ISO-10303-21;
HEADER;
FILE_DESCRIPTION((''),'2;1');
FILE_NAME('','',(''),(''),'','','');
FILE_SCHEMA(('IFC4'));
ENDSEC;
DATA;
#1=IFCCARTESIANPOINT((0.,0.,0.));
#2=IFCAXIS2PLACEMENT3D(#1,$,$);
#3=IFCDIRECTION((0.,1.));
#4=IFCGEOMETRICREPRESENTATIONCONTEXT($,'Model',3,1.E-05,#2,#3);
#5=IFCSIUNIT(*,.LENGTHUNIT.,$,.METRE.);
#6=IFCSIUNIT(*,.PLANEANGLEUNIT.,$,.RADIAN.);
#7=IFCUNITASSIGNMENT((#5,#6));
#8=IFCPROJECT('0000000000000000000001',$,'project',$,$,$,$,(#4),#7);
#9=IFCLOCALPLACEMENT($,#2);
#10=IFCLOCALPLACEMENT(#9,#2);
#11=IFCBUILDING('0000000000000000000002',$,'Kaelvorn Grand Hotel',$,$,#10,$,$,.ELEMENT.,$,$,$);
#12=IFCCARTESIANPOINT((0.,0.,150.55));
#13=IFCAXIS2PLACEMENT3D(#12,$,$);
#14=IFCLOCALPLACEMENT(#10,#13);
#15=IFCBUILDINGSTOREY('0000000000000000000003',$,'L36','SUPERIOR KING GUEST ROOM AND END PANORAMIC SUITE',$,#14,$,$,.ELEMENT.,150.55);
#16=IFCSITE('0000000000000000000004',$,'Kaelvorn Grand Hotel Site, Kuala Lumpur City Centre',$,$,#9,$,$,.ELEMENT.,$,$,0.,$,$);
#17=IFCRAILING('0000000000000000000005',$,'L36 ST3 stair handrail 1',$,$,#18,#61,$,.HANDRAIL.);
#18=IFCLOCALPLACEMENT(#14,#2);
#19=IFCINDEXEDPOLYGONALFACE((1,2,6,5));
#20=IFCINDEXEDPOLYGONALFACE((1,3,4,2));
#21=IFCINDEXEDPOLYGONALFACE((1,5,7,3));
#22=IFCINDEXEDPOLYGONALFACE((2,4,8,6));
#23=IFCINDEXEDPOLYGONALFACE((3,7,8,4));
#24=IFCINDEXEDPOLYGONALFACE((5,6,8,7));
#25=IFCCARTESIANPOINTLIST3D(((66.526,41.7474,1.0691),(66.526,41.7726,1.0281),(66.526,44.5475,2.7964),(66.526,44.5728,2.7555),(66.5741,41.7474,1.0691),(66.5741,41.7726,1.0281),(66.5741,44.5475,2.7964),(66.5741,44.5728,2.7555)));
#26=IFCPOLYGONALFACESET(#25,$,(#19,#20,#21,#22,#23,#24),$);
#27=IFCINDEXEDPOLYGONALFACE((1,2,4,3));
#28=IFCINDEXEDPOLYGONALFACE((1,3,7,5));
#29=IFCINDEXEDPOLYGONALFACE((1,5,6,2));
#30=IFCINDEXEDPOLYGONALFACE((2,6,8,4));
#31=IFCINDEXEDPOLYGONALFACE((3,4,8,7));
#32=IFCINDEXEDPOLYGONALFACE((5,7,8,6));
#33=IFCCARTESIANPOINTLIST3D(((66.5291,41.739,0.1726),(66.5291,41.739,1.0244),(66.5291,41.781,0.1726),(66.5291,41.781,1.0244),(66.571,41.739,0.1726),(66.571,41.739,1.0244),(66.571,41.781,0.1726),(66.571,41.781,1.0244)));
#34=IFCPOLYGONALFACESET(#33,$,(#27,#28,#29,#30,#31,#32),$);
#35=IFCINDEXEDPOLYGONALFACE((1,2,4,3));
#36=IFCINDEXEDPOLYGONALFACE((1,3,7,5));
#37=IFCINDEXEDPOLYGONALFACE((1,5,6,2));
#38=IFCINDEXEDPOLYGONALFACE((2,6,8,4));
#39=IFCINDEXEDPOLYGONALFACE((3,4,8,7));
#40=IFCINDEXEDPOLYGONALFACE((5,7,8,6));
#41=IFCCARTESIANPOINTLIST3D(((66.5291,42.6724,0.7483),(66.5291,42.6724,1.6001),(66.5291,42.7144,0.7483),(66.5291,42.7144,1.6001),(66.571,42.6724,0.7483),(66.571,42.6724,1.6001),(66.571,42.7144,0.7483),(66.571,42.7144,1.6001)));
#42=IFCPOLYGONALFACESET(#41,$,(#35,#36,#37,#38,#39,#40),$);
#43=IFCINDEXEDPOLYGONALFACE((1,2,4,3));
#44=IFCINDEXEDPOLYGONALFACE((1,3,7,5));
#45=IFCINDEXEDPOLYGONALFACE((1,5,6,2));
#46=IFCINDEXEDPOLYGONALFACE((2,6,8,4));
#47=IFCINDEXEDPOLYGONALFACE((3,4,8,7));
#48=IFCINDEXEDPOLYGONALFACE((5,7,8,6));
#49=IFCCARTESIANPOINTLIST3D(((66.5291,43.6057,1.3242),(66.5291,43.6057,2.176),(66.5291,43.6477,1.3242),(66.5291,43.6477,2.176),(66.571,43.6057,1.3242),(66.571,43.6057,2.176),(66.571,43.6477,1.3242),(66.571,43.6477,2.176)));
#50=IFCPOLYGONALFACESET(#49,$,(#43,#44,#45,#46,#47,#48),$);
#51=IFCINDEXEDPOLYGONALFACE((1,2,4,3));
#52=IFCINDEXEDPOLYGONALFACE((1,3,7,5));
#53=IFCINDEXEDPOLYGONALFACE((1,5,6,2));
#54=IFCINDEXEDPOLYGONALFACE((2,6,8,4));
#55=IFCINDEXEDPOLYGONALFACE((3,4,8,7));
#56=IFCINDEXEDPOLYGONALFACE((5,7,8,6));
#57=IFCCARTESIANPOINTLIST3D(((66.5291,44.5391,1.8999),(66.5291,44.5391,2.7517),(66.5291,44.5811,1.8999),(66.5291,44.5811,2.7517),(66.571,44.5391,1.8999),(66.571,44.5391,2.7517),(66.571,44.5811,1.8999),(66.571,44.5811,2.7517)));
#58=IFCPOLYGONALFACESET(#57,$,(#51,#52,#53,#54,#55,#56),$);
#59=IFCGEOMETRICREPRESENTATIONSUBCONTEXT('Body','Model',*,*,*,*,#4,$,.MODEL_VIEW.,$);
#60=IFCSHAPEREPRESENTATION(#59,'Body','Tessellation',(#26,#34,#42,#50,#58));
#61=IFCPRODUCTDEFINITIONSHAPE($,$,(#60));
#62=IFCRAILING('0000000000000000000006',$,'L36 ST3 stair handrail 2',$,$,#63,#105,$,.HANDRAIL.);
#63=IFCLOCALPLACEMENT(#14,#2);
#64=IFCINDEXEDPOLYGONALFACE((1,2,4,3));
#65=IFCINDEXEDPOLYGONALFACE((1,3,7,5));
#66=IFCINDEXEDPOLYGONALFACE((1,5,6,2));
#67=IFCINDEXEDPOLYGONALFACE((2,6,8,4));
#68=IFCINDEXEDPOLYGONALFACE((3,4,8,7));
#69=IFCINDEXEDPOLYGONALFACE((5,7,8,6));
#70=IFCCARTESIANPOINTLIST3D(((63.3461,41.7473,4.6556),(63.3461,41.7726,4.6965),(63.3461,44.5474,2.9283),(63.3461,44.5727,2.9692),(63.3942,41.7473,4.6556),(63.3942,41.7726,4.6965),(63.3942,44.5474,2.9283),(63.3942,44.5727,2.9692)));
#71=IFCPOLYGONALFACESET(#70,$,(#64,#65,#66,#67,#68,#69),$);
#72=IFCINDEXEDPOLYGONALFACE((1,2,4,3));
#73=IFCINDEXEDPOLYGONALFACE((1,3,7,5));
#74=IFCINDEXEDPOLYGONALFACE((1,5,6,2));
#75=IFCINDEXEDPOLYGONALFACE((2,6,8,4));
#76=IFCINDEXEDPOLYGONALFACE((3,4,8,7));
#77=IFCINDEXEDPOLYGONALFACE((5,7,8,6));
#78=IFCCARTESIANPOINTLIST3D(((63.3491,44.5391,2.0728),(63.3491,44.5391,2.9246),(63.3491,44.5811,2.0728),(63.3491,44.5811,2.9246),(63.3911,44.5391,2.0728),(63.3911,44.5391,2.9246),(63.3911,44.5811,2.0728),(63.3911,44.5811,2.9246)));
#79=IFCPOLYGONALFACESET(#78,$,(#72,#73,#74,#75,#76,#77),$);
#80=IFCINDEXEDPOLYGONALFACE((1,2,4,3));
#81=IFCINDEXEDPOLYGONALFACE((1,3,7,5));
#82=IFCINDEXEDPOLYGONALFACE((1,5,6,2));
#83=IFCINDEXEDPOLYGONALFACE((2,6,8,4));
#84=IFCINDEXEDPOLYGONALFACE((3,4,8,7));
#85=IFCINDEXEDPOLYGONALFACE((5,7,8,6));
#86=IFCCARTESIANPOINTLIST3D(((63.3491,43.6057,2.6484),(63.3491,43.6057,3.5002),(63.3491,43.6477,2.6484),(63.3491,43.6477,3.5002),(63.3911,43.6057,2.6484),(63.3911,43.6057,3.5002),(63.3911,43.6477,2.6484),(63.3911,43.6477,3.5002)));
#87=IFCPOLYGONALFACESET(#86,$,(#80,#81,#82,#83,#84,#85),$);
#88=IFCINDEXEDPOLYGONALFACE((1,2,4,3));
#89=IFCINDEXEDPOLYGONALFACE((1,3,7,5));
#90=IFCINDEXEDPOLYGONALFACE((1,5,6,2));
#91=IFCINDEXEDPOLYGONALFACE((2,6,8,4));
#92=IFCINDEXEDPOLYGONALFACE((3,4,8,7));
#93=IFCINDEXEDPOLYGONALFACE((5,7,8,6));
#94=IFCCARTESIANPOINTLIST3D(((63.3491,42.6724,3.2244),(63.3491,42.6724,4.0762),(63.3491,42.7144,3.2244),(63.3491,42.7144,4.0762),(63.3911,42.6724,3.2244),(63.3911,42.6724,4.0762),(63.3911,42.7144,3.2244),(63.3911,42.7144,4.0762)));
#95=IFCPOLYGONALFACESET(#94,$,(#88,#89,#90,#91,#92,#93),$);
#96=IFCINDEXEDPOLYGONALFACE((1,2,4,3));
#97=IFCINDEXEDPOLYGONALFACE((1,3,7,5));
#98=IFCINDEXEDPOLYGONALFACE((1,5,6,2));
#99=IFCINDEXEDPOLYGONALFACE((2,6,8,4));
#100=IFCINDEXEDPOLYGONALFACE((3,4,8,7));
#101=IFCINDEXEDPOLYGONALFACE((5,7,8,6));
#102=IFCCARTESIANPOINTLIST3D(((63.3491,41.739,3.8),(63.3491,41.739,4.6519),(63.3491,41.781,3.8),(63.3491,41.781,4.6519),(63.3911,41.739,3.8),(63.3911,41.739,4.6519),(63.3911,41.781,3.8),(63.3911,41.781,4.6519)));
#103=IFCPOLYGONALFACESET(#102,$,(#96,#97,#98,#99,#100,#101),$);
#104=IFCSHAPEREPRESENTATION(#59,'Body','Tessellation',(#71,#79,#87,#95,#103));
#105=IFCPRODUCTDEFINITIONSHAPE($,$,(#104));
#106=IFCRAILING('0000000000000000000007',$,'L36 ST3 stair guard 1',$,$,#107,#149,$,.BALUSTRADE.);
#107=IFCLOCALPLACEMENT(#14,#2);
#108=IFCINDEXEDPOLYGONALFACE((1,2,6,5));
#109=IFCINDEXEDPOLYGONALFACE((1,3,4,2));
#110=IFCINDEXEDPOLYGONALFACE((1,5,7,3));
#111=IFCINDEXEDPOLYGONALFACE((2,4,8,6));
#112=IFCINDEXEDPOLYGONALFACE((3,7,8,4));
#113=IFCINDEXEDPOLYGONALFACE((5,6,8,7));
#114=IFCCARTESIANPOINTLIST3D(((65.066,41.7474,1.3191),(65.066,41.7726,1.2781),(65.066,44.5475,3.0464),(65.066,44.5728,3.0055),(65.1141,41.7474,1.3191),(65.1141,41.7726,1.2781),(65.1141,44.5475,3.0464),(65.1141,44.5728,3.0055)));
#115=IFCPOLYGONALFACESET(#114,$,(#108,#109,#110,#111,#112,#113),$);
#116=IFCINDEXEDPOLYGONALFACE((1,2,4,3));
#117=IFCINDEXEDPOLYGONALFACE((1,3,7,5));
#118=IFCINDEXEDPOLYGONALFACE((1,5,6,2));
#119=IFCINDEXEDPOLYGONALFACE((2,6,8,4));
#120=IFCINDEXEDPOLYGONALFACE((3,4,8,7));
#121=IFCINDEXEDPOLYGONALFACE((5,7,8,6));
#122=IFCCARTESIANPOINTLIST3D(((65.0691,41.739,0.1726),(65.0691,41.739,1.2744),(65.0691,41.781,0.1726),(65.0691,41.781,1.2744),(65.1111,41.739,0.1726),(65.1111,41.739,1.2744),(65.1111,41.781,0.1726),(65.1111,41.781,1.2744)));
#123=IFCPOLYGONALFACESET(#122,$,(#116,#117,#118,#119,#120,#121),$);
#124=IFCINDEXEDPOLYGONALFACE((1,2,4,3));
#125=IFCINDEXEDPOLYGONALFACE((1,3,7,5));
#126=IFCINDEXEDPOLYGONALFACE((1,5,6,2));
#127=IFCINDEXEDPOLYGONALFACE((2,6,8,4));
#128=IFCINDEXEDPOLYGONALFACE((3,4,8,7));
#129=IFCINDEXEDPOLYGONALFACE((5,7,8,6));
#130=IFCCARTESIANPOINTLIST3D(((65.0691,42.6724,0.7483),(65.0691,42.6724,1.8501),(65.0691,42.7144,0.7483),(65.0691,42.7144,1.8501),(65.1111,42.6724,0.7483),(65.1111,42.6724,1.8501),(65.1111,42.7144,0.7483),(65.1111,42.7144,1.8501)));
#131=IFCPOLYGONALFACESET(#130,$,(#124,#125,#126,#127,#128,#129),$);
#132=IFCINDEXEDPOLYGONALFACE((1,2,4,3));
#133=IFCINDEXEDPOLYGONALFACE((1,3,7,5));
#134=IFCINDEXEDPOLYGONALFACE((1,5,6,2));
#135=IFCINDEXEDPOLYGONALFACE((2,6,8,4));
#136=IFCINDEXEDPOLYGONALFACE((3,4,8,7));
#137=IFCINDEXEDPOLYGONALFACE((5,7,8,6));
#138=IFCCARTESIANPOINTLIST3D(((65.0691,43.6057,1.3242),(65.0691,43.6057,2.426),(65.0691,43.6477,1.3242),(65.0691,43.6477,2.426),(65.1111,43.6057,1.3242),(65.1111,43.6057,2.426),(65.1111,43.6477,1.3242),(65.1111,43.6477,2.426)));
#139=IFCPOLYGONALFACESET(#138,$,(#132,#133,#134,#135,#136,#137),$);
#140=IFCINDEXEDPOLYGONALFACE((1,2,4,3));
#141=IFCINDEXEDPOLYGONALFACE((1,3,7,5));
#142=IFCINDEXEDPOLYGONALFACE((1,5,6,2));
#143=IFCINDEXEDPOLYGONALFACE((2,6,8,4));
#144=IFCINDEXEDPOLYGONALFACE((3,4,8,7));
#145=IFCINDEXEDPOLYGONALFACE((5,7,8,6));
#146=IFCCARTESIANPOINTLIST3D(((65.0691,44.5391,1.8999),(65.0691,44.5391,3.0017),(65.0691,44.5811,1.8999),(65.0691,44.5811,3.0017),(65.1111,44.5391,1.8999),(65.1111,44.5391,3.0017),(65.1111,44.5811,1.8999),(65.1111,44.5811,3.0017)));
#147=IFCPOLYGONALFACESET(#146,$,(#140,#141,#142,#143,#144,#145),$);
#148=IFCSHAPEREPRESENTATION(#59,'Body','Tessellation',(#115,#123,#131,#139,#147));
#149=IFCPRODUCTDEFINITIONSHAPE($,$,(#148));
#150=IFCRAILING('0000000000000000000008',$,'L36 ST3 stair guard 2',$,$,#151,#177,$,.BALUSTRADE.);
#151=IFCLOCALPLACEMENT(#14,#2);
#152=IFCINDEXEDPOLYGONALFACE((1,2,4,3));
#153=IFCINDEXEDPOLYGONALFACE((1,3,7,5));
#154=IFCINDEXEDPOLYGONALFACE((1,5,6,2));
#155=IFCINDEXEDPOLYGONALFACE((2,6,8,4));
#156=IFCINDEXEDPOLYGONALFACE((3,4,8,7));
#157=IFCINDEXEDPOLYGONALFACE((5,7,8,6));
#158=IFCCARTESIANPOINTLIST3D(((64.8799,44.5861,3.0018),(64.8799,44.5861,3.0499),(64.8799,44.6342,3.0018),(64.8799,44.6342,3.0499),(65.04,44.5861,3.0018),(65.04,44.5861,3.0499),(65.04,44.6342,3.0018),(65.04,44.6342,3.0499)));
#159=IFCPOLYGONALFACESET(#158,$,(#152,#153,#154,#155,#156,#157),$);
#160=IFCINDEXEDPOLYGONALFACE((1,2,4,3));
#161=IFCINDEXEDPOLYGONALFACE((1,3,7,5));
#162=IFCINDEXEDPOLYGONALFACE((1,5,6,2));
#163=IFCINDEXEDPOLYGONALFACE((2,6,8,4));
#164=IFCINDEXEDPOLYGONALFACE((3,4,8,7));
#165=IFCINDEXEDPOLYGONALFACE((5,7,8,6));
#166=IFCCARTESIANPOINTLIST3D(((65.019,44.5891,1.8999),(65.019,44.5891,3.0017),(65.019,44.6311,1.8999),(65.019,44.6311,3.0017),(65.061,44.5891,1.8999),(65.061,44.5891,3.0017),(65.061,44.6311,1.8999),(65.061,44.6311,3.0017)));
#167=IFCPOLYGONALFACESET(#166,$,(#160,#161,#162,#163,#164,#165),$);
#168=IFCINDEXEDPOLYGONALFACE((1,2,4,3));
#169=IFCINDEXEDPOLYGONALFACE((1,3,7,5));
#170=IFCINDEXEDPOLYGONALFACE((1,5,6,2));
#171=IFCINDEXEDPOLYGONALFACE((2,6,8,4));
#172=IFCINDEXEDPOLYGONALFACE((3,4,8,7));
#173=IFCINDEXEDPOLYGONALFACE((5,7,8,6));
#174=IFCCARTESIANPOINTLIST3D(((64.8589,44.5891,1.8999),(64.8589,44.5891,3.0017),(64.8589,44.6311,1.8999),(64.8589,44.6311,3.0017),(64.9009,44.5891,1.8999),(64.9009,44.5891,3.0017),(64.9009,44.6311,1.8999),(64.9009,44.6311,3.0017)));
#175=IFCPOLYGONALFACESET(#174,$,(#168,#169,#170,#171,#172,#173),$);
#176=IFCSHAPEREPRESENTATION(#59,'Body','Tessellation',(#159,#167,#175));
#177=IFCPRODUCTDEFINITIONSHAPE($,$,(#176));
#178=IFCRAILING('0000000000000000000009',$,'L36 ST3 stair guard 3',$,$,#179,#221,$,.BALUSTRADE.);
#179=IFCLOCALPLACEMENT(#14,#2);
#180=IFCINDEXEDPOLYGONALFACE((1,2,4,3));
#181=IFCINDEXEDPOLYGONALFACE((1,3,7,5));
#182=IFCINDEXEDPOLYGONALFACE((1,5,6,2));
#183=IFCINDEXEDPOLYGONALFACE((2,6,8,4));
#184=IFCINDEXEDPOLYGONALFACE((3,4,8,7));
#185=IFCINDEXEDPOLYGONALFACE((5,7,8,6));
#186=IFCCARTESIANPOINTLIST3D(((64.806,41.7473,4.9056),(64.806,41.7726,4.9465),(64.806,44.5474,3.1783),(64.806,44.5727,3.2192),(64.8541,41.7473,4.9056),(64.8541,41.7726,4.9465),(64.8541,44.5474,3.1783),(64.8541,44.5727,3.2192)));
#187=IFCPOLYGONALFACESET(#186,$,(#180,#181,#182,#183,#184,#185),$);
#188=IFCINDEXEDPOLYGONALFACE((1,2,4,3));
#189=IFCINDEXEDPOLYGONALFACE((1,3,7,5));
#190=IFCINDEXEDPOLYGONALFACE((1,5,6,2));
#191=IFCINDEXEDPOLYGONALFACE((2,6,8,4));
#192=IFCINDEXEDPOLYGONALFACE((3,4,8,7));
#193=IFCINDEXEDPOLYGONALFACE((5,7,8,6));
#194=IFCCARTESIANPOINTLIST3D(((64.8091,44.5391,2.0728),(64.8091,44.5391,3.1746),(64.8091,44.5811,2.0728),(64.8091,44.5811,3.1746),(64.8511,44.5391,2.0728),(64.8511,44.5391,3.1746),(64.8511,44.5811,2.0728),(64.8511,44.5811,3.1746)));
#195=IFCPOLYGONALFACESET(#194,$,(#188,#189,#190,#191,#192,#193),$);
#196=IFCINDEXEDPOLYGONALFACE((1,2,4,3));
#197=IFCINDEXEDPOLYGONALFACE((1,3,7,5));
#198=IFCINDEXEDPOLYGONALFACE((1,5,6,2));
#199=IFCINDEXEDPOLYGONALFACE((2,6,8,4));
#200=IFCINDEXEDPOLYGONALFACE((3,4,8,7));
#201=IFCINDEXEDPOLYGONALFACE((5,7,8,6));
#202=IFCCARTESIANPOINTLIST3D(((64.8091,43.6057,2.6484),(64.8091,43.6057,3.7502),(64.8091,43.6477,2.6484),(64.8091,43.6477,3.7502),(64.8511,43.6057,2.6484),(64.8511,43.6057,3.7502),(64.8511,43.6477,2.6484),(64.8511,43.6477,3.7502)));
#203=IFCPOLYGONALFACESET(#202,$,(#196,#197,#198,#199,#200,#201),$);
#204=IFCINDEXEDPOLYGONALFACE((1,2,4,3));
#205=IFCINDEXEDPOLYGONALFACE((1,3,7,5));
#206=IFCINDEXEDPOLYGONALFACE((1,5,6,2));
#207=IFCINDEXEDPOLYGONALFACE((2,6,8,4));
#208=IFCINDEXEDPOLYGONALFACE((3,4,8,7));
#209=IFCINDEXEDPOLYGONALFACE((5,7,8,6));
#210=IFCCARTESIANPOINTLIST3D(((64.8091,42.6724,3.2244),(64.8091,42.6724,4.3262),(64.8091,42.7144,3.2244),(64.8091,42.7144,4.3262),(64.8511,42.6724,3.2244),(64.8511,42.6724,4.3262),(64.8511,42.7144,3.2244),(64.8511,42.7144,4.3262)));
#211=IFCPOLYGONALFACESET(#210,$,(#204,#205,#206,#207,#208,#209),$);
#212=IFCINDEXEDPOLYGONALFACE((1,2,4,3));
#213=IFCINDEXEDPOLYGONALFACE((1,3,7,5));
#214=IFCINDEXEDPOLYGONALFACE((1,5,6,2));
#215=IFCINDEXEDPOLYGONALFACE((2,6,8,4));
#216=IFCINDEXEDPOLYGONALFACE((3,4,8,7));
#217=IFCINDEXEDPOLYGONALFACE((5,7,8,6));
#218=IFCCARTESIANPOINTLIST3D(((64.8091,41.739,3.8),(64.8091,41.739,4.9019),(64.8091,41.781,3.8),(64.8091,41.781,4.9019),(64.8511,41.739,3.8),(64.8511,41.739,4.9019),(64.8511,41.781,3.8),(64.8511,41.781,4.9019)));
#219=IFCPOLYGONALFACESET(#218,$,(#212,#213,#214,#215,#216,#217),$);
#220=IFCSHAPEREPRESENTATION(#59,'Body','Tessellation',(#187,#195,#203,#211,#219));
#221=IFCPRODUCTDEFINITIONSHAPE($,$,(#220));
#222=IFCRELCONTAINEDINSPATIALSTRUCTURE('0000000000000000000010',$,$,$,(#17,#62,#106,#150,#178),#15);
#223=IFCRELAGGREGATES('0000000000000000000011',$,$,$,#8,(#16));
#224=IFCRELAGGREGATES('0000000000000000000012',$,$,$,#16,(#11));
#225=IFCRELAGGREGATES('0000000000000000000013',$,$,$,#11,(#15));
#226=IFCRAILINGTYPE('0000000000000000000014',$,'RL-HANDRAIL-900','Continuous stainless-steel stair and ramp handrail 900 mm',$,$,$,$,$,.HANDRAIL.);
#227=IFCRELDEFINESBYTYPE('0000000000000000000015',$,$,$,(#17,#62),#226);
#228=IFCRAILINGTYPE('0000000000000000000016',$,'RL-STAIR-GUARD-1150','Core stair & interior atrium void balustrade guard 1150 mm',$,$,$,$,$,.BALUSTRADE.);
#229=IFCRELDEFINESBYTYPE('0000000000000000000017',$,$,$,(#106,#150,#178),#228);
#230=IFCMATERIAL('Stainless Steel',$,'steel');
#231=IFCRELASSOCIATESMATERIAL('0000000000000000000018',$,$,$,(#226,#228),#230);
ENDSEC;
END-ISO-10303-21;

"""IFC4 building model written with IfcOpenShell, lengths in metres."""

from ifc_helpers import new_model, si_unit, direction, frame, origin, origin_2d, place, context, subcontext, project, spatial, rectangle, extrude, material, type_object, element, save


model = new_model("IFC4")

# Units and contexts
model_context = context("Model", 3, precision=1e-05, world=origin(), true_north=direction((0.0, 1.0)))
body_context = subcontext(model_context, "Body", "Model", "MODEL_VIEW")
ifc_project = project(units=[si_unit("LENGTHUNIT", "METRE"), si_unit("PLANEANGLEUNIT", "RADIAN")], contexts=[model_context])

# Site, building, storey
site_placement = place(None, origin())
site = spatial("IfcSite", under=ifc_project, at=site_placement, Name="Kaelvorn Grand Hotel Site, Kuala Lumpur City Centre", CompositionType="ELEMENT", RefElevation=0.0)
building_placement = place(site_placement, origin())
building = spatial("IfcBuilding", under=site, at=building_placement, Name="Kaelvorn Grand Hotel", CompositionType="ELEMENT")
storey_placement = place(building_placement, frame((0.0, 0.0, 150.55)))
storey = spatial("IfcBuildingStorey", under=building, at=storey_placement, Name="L36", Description="SUPERIOR KING GUEST ROOM AND END PANORAMIC SUITE", CompositionType="ELEMENT", Elevation=150.55)

# Shared definitions
ifc_material_1 = material(Name="Stainless Steel", Category="steel")

# Railings
railing_type_1 = type_object("IfcRailingType", Name="RL-HANDRAIL-900", Description="Continuous stainless-steel stair and ramp handrail 900 mm", PredefinedType="HANDRAIL", material=ifc_material_1)
railing_1_placement = place(storey_placement, frame((66.55, 41.76, 0.1726)))
element("IfcRailing", 1, at=railing_1_placement, inside=storey, type_object=railing_type_1, Name="L36 ST3 stair handrail 1", PredefinedType="HANDRAIL", context=body_context, shape_type="SweptSolid", body=[
    extrude(rectangle(XDim=0.0481, YDim=0.0481, at=origin_2d()), frame((0.0, 0.0, 0.876), z_axis=(0.0, 0.85109, 0.52502), x_axis=(-1.0, 0.0, 0.0)), (0.0, 0.0, 1.0), 3.29),
    extrude(rectangle(XDim=0.042, YDim=0.042, at=origin_2d()), origin(), (0.0, 0.0, 1.0), 0.8518),
    extrude(rectangle(XDim=0.042, YDim=0.042, at=origin_2d()), frame((0.0, 0.9333, 0.5757)), (0.0, 0.0, 1.0), 0.8518),
    extrude(rectangle(XDim=0.042, YDim=0.042, at=origin_2d()), frame((0.0, 1.8667, 1.1516)), (0.0, 0.0, 1.0), 0.8518),
    extrude(rectangle(XDim=0.042, YDim=0.042, at=origin_2d()), frame((0.0, 2.8, 1.7273)), (0.0, 0.0, 1.0), 0.8518),
])
railing_2_placement = place(storey_placement, frame((63.3701, 44.5601, 2.0728)))
element("IfcRailing", 2, at=railing_2_placement, inside=storey, type_object=railing_type_1, Name="L36 ST3 stair handrail 2", PredefinedType="HANDRAIL", context=body_context, shape_type="SweptSolid", body=[
    extrude(rectangle(XDim=0.0481, YDim=0.0481, at=origin_2d()), frame((0.0, 0.0, 0.876), z_axis=(0.0, -0.85109, 0.52502), x_axis=(1.0, 0.0, 0.0)), (0.0, 0.0, 1.0), 3.29),
    extrude(rectangle(XDim=0.042, YDim=0.042, at=origin_2d()), origin(), (0.0, 0.0, 1.0), 0.8518),
    extrude(rectangle(XDim=0.042, YDim=0.042, at=origin_2d()), frame((0.0, -0.9333, 0.5757)), (0.0, 0.0, 1.0), 0.8518),
    extrude(rectangle(XDim=0.042, YDim=0.042, at=origin_2d()), frame((0.0, -1.8667, 1.1516)), (0.0, 0.0, 1.0), 0.8518),
    extrude(rectangle(XDim=0.042, YDim=0.042, at=origin_2d()), frame((0.0, -2.8, 1.7273)), (0.0, 0.0, 1.0), 0.8518),
])
railing_type_2 = type_object("IfcRailingType", Name="RL-STAIR-GUARD-1150", Description="Core stair & interior atrium void balustrade guard 1150 mm", PredefinedType="BALUSTRADE", material=ifc_material_1)
railing_3_placement = place(storey_placement, frame((65.0901, 41.76, 0.1726)))
element("IfcRailing", 3, at=railing_3_placement, inside=storey, type_object=railing_type_2, Name="L36 ST3 stair guard 1", PredefinedType="BALUSTRADE", context=body_context, shape_type="SweptSolid", body=[
    extrude(rectangle(XDim=0.0481, YDim=0.0481, at=origin_2d()), frame((0.0, 0.0, 1.126), z_axis=(0.0, 0.85109, 0.52502), x_axis=(-1.0, 0.0, 0.0)), (0.0, 0.0, 1.0), 3.29),
    extrude(rectangle(XDim=0.042, YDim=0.042, at=origin_2d()), origin(), (0.0, 0.0, 1.0), 1.1018),
    extrude(rectangle(XDim=0.042, YDim=0.042, at=origin_2d()), frame((0.0, 0.9333, 0.5757)), (0.0, 0.0, 1.0), 1.1018),
    extrude(rectangle(XDim=0.042, YDim=0.042, at=origin_2d()), frame((0.0, 1.8667, 1.1516)), (0.0, 0.0, 1.0), 1.1018),
    extrude(rectangle(XDim=0.042, YDim=0.042, at=origin_2d()), frame((0.0, 2.8, 1.7273)), (0.0, 0.0, 1.0), 1.1018),
])
railing_4_placement = place(storey_placement, frame((65.04, 44.6101, 1.8999)))
element("IfcRailing", 4, at=railing_4_placement, inside=storey, type_object=railing_type_2, Name="L36 ST3 stair guard 2", PredefinedType="BALUSTRADE", context=body_context, shape_type="SweptSolid", body=[
    extrude(rectangle(XDim=0.0481, YDim=0.0481, at=origin_2d()), frame((0.0, 0.0, 1.126), z_axis=(-1.0, 0.0, 0.0), x_axis=(0.0, -1.0, 0.0)), (0.0, 0.0, 1.0), 0.1602),
    extrude(rectangle(XDim=0.042, YDim=0.042, at=origin_2d()), origin(), (0.0, 0.0, 1.0), 1.1018),
    extrude(rectangle(XDim=0.042, YDim=0.042, at=origin_2d()), frame((-0.1602, 0.0, 0.0)), (0.0, 0.0, 1.0), 1.1018),
])
railing_5_placement = place(storey_placement, frame((64.8301, 44.5601, 2.0728)))
element("IfcRailing", 5, at=railing_5_placement, inside=storey, type_object=railing_type_2, Name="L36 ST3 stair guard 3", PredefinedType="BALUSTRADE", context=body_context, shape_type="SweptSolid", body=[
    extrude(rectangle(XDim=0.0481, YDim=0.0481, at=origin_2d()), frame((0.0, 0.0, 1.126), z_axis=(0.0, -0.85109, 0.52502), x_axis=(1.0, 0.0, 0.0)), (0.0, 0.0, 1.0), 3.29),
    extrude(rectangle(XDim=0.042, YDim=0.042, at=origin_2d()), origin(), (0.0, 0.0, 1.0), 1.1018),
    extrude(rectangle(XDim=0.042, YDim=0.042, at=origin_2d()), frame((0.0, -0.9333, 0.5757)), (0.0, 0.0, 1.0), 1.1018),
    extrude(rectangle(XDim=0.042, YDim=0.042, at=origin_2d()), frame((0.0, -1.8667, 1.1516)), (0.0, 0.0, 1.0), 1.1018),
    extrude(rectangle(XDim=0.042, YDim=0.042, at=origin_2d()), frame((0.0, -2.8, 1.7273)), (0.0, 0.0, 1.0), 1.1018),
])

save(model, "model.ifc")
